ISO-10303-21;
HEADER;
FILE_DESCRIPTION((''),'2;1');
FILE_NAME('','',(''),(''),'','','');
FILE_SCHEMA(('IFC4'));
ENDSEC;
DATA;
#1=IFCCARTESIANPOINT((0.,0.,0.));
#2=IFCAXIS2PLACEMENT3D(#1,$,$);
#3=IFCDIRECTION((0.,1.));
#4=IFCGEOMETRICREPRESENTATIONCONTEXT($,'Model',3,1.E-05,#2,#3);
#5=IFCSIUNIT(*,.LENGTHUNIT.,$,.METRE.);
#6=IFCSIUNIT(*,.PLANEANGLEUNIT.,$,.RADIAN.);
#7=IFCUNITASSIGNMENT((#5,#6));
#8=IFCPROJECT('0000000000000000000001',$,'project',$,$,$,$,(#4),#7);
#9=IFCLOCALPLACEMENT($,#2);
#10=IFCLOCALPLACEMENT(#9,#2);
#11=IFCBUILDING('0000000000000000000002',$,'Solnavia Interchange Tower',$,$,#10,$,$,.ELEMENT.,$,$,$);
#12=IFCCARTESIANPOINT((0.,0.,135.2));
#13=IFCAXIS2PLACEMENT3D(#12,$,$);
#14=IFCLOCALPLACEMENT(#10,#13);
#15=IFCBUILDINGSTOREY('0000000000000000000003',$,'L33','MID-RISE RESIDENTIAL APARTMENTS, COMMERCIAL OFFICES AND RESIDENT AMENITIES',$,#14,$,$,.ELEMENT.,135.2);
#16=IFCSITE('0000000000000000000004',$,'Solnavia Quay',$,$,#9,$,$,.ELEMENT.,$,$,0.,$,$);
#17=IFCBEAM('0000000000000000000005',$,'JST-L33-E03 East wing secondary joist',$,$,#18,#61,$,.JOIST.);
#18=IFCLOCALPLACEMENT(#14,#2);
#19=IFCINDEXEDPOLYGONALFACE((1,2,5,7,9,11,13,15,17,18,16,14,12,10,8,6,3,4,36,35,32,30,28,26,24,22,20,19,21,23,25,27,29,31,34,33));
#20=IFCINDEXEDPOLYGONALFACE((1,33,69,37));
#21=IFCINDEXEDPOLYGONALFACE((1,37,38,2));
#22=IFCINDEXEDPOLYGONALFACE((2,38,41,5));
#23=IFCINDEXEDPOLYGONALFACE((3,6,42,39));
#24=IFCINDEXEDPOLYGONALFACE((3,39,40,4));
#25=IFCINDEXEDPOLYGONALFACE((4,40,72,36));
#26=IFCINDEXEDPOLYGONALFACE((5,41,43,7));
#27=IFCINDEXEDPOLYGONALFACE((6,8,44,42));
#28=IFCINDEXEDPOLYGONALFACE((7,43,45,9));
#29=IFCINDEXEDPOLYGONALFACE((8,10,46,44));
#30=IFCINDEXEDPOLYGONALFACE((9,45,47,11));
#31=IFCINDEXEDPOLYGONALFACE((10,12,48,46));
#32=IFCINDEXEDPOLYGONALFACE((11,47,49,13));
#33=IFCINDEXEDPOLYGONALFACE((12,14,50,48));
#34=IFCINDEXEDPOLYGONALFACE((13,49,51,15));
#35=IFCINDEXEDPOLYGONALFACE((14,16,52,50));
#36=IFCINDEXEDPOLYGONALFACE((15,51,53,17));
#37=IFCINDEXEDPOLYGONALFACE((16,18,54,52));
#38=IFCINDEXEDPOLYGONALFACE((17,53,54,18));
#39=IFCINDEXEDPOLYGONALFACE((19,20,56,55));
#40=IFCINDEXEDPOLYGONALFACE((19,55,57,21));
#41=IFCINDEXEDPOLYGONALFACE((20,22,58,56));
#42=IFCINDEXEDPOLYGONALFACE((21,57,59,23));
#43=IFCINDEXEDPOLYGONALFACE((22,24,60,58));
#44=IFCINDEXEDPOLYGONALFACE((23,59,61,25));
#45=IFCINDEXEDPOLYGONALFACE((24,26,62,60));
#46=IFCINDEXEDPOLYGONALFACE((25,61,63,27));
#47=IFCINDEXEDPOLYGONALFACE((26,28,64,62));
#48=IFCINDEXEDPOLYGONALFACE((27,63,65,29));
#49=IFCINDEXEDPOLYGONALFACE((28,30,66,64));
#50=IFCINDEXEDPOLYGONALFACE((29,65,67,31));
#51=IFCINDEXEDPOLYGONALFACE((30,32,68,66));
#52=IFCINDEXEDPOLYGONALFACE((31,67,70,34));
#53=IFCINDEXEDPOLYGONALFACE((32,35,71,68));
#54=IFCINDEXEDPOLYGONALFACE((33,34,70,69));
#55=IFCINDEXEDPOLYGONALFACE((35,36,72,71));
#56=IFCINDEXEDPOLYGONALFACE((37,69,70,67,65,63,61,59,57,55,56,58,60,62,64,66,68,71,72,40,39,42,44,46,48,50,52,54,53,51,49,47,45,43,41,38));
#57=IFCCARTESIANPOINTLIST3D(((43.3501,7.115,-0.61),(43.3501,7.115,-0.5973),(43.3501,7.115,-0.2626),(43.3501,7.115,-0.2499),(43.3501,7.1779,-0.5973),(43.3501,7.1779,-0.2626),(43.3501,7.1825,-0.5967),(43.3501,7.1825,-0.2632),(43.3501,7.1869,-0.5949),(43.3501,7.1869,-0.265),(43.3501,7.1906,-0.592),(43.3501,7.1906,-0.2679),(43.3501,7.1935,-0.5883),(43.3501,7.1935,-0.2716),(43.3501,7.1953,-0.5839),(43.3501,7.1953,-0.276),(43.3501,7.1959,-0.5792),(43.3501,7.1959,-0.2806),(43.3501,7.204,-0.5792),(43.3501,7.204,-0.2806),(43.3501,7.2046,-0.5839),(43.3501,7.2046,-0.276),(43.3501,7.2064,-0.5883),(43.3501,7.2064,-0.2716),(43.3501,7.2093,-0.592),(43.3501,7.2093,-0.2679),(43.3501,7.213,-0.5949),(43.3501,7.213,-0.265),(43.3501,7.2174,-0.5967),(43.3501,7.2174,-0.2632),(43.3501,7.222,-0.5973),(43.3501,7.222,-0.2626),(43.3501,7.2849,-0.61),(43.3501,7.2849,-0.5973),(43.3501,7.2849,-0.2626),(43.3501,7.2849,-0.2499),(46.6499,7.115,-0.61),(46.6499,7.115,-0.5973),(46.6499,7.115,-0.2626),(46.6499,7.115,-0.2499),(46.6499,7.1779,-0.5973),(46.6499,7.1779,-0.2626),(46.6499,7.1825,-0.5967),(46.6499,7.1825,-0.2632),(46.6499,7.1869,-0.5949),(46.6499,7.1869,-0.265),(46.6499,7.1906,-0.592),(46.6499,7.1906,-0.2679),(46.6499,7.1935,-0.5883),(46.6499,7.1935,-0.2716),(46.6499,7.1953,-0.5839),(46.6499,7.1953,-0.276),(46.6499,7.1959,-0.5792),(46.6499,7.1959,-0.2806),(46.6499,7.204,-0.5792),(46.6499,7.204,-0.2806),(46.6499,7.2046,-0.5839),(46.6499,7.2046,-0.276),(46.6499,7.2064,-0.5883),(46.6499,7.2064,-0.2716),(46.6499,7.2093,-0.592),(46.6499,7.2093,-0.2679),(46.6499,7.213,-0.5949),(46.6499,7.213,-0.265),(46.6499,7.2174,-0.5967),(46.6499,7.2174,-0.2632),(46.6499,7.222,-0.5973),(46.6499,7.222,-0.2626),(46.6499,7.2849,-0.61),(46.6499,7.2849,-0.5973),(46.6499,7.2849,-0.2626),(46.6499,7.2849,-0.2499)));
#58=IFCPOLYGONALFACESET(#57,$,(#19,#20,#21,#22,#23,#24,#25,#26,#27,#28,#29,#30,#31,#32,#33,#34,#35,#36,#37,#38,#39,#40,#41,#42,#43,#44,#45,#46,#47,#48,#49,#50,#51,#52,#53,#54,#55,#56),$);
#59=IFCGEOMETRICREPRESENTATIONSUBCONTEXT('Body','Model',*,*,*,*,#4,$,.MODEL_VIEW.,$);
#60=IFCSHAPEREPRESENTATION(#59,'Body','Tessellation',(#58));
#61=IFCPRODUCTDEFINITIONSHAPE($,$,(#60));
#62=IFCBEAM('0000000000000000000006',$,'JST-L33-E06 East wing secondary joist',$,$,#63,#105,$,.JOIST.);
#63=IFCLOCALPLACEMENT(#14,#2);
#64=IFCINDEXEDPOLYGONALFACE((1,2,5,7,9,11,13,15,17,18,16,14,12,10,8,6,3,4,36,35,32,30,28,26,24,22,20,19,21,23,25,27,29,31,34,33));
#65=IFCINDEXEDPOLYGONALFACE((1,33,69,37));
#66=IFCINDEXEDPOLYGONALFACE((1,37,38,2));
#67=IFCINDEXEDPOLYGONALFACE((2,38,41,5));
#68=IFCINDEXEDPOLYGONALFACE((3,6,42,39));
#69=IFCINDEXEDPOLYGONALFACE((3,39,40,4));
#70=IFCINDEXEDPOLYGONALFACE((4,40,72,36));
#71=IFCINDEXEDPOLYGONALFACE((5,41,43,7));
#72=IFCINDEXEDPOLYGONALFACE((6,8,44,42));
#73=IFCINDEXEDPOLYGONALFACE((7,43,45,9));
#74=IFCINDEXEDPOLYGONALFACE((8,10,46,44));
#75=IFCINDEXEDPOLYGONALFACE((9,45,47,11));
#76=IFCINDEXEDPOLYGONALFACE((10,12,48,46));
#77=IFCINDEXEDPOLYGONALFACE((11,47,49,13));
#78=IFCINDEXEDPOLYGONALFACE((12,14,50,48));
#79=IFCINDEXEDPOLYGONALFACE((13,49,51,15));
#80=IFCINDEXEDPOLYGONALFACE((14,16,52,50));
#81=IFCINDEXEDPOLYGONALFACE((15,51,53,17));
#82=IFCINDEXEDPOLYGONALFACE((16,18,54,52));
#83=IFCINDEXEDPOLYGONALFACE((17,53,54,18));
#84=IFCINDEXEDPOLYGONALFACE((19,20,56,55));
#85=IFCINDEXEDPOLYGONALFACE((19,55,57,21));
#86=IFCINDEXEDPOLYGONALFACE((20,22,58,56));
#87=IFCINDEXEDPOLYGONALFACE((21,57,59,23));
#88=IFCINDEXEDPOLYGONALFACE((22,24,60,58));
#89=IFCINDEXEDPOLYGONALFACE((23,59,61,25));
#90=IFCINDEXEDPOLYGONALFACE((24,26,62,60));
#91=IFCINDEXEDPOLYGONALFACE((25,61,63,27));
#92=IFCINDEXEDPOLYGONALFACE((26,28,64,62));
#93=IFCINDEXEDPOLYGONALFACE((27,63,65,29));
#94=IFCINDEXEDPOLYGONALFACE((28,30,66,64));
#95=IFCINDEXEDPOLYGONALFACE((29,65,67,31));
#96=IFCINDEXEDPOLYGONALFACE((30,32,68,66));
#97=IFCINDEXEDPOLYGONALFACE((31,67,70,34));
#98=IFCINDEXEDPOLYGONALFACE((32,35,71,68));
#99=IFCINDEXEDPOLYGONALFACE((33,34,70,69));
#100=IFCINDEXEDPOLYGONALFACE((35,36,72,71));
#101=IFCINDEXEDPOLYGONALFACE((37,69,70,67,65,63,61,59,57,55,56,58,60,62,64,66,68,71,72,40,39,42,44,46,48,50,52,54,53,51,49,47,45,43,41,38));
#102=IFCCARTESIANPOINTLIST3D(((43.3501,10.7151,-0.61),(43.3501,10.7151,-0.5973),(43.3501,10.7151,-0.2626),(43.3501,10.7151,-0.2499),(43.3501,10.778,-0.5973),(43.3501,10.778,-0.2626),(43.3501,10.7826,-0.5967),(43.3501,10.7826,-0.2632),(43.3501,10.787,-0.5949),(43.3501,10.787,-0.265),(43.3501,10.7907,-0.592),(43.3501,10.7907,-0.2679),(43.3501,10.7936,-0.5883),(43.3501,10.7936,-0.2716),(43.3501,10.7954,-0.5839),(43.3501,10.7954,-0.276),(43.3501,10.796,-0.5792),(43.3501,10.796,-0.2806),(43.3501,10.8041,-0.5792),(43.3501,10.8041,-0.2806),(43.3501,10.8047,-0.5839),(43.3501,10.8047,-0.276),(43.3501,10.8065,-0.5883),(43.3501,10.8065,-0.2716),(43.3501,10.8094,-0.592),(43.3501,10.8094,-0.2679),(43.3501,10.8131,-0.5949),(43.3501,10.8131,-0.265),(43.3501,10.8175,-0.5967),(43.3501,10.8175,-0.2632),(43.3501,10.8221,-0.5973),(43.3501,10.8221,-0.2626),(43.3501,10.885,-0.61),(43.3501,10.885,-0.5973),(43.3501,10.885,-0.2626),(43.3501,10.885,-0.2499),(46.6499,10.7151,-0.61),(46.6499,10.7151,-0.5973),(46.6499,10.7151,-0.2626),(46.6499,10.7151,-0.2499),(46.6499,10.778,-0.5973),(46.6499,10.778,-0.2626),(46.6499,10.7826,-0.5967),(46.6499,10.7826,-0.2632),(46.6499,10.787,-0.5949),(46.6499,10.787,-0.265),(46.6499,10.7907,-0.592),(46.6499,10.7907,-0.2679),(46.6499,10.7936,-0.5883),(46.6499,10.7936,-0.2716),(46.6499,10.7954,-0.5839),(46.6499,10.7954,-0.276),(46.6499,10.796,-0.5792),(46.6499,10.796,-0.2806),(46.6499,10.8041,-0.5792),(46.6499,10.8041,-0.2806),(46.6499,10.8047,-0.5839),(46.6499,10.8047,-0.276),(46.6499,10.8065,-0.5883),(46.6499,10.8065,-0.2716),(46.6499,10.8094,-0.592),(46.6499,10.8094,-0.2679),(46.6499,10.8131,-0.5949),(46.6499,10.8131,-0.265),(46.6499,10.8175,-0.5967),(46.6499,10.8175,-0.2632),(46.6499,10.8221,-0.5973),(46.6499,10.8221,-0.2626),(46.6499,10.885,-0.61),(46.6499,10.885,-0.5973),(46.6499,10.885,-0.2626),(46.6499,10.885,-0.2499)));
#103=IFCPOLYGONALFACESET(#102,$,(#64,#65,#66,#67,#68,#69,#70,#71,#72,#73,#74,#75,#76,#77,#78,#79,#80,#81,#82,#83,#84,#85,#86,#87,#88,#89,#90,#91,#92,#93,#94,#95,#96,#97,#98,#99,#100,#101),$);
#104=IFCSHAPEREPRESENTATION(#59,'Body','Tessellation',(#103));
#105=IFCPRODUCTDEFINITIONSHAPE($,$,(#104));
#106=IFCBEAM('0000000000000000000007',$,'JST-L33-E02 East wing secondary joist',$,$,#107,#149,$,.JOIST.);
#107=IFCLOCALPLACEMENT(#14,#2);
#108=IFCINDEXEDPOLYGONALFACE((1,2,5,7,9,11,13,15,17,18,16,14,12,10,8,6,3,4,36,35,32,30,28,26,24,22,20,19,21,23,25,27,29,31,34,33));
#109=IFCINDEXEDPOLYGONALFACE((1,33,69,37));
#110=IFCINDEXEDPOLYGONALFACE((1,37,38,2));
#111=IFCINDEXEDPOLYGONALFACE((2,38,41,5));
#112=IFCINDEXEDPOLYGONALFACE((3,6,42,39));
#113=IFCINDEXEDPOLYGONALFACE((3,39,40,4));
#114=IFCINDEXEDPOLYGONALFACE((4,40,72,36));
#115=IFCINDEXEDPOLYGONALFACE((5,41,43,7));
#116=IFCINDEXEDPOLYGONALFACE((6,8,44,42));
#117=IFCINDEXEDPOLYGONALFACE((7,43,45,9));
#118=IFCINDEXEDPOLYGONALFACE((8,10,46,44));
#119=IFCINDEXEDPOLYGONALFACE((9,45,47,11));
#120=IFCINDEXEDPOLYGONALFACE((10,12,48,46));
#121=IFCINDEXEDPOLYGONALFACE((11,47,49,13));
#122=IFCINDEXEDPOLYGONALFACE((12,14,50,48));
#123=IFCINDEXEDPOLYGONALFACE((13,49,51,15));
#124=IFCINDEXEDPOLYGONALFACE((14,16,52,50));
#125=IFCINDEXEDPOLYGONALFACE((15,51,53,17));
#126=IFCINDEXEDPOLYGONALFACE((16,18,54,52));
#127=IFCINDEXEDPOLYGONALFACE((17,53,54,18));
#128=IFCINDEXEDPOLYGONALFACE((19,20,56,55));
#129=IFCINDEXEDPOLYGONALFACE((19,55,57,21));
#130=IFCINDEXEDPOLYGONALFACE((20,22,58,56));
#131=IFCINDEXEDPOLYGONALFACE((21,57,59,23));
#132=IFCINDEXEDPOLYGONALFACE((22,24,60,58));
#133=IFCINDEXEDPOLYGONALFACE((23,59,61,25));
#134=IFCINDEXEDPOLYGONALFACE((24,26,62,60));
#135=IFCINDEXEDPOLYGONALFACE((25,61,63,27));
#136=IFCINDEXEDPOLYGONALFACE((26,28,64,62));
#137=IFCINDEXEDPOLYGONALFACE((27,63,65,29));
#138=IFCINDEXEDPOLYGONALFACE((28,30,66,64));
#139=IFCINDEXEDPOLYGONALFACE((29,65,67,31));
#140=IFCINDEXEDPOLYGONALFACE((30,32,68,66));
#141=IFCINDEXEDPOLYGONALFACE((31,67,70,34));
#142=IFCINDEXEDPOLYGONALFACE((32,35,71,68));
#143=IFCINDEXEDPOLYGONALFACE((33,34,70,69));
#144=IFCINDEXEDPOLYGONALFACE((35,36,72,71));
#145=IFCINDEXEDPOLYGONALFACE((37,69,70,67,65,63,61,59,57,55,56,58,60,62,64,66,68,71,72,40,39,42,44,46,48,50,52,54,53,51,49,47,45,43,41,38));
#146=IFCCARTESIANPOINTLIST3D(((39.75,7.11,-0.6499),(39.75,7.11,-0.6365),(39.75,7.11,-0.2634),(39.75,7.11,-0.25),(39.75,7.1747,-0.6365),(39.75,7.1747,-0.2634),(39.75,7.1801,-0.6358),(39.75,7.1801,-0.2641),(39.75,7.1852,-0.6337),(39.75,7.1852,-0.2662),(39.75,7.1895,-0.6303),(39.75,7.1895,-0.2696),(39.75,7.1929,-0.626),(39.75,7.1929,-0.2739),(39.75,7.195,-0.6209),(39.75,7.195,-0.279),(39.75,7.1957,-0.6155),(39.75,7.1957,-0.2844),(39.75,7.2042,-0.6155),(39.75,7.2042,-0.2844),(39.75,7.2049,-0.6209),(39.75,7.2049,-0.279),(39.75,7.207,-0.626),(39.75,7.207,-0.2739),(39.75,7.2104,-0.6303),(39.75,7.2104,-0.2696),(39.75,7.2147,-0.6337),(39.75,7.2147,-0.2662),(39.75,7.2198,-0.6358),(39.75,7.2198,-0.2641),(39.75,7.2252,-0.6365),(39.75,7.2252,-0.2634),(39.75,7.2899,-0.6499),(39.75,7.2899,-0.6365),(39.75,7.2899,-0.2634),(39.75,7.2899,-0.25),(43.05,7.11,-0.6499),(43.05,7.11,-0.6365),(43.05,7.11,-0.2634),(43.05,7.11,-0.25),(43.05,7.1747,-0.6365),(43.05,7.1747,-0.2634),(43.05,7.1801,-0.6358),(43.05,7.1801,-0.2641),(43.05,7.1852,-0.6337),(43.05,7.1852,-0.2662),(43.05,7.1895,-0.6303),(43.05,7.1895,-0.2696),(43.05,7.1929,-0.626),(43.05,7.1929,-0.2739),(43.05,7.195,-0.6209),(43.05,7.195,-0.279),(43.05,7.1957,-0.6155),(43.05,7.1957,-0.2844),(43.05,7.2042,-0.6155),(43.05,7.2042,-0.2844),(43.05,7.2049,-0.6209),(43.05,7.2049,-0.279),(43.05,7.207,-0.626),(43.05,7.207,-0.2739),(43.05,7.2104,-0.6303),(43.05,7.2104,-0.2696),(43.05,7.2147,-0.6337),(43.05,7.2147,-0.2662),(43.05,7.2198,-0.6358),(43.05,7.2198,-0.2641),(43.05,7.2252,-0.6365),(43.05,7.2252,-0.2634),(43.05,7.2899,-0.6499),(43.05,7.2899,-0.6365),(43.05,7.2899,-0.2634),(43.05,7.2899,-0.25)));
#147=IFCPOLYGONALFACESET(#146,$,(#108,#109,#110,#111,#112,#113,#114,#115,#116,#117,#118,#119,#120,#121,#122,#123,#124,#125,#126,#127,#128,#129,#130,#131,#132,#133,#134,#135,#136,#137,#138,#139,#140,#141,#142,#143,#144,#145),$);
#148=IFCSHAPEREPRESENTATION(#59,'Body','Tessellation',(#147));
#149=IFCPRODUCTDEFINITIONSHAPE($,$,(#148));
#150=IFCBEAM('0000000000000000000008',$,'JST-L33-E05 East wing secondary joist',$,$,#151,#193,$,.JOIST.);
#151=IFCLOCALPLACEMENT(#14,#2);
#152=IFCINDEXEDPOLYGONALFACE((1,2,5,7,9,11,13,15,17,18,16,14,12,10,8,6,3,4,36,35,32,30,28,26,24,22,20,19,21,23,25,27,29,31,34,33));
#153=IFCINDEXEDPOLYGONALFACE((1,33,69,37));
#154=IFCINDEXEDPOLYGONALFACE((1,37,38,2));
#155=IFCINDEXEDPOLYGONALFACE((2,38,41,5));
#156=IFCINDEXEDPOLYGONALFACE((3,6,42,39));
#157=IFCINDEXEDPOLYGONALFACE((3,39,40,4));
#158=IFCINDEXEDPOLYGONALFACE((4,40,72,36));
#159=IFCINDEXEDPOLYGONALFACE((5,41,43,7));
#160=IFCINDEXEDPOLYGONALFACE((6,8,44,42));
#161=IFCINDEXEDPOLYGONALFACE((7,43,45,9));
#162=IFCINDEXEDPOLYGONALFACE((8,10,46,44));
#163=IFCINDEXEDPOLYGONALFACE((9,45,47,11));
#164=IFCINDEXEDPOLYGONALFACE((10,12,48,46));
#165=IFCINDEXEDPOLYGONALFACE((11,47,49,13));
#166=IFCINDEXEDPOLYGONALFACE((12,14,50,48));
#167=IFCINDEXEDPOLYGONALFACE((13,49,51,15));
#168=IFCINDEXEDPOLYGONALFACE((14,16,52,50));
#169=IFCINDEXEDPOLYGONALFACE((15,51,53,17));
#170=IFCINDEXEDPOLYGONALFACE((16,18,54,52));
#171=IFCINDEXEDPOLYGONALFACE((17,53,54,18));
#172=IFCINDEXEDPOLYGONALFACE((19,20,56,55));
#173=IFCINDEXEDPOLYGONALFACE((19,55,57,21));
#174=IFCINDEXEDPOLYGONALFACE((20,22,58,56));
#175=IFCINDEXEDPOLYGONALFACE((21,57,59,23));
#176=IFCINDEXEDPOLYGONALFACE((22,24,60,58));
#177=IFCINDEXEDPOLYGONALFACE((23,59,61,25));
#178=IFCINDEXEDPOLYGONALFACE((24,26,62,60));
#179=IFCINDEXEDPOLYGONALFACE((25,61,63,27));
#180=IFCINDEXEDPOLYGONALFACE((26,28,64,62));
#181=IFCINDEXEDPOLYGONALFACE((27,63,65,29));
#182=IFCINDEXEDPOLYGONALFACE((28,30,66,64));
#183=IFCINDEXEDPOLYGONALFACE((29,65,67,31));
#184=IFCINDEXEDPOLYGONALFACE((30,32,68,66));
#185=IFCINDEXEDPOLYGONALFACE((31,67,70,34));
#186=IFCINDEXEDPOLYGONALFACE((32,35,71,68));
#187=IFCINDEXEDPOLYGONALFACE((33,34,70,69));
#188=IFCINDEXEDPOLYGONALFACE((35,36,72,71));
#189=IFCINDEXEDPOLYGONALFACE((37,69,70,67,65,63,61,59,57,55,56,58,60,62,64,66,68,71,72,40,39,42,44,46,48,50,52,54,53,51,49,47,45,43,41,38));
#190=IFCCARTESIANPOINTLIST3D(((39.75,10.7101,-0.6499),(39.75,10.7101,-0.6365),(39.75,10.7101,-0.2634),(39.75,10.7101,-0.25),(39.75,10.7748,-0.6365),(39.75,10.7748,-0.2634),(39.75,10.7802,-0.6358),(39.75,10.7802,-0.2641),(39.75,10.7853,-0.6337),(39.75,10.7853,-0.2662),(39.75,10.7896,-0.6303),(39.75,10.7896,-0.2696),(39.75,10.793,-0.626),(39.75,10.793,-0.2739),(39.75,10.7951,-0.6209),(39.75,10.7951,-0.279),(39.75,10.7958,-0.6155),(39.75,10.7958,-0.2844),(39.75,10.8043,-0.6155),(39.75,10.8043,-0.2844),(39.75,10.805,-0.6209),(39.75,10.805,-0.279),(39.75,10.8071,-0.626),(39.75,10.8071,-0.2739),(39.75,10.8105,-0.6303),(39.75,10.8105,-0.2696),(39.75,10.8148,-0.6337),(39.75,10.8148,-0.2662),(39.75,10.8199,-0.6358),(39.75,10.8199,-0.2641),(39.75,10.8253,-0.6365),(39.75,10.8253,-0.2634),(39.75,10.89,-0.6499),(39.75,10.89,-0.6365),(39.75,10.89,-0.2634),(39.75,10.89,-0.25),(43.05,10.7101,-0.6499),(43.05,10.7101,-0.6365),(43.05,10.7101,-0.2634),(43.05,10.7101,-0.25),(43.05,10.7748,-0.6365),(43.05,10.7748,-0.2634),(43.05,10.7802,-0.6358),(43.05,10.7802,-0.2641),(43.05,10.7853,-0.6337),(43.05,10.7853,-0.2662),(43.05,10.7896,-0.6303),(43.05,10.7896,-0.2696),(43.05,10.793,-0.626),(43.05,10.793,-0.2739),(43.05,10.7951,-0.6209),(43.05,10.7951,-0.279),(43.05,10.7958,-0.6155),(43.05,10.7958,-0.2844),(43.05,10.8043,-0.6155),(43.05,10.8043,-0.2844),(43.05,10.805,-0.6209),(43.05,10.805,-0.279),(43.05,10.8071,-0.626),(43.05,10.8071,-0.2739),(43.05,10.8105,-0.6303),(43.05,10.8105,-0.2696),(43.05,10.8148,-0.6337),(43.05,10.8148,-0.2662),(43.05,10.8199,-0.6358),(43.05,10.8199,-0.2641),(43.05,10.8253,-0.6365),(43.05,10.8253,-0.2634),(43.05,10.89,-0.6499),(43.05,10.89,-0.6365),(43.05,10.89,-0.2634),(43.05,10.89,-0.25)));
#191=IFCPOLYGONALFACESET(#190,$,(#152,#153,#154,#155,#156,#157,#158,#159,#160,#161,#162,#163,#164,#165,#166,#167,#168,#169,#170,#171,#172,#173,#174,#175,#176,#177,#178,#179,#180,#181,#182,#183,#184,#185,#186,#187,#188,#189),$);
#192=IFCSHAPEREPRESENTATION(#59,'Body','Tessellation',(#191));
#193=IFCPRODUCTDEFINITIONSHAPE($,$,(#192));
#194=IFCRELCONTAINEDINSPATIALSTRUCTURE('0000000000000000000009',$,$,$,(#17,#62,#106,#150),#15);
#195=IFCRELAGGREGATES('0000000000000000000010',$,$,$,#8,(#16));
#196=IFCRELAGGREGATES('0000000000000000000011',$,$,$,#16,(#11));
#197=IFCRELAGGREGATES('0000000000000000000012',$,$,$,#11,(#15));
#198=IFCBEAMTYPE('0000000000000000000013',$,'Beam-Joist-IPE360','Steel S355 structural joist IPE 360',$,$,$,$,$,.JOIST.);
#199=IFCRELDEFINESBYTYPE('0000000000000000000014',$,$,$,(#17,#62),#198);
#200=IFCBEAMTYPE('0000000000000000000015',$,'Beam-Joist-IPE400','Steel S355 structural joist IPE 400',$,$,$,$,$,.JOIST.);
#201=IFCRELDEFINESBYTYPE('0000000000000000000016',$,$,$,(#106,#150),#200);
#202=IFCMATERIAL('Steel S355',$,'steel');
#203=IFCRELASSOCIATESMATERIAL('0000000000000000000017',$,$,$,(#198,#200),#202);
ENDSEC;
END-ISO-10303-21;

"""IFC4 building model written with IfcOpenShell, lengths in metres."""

from ifc_helpers import new_model, si_unit, direction, frame, origin, origin_2d, place, context, subcontext, project, spatial, i_section, extrude, material, material_profile, profile_set, type_object, element, save


model = new_model("IFC4")

# Units and contexts
model_context = context("Model", 3, precision=1e-05, world=origin(), true_north=direction((0.0, 1.0)))
body_context = subcontext(model_context, "Body", "Model", "MODEL_VIEW")
ifc_project = project(units=[si_unit("LENGTHUNIT", "METRE"), si_unit("PLANEANGLEUNIT", "RADIAN")], contexts=[model_context])

# Site, building, storey
site_placement = place(None, origin())
site = spatial("IfcSite", under=ifc_project, at=site_placement, Name="Solnavia Quay", CompositionType="ELEMENT", RefElevation=0.0)
building_placement = place(site_placement, origin())
building = spatial("IfcBuilding", under=site, at=building_placement, Name="Solnavia Interchange Tower", CompositionType="ELEMENT")
storey_placement = place(building_placement, frame((0.0, 0.0, 135.2)))
storey = spatial("IfcBuildingStorey", under=building, at=storey_placement, Name="L33", Description="MID-RISE RESIDENTIAL APARTMENTS, COMMERCIAL OFFICES AND RESIDENT AMENITIES", CompositionType="ELEMENT", Elevation=135.2)

# Shared definitions
ifc_material_1 = material(Name="Steel S355", Category="steel")

# Beams
ifc_material_profile_1 = material_profile(ifc_material_1, i_section(OverallWidth=0.1699, OverallDepth=0.3601, WebThickness=0.0081, FlangeThickness=0.0127, FilletRadius=0.0181, at=origin_2d()), Name="IPE 360")
ifc_profile_set_1 = profile_set([ifc_material_profile_1], Name="Steel S355")
beam_type_1 = type_object("IfcBeamType", Name="Beam-Joist-IPE360", Description="Steel S355 structural joist IPE 360", PredefinedType="JOIST", material=ifc_profile_set_1)
for number, where, z_axis, x_axis, name in (
    (1, (43.3501, 7.2, -0.4299), (1.0, 0.0, 0.0), (0.0, 1.0, 0.0), "JST-L33-E03 East wing secondary joist"),
    (2, (43.3501, 10.8, -0.4299), (1.0, 0.0, 0.0), (0.0, 1.0, 0.0), "JST-L33-E06 East wing secondary joist"),
):
    element("IfcBeam", number, at=place(storey_placement, frame(where, z_axis=z_axis, x_axis=x_axis)), inside=storey, type_object=beam_type_1, Name=name, PredefinedType="JOIST", context=body_context, shape_type="SweptSolid", body=[
        extrude(i_section(OverallWidth=0.1699, OverallDepth=0.3601, WebThickness=0.0081, FlangeThickness=0.0127, FilletRadius=0.0181, at=origin_2d()), origin(), (0.0, 0.0, 1.0), 3.2998),
    ])
ifc_material_profile_2 = material_profile(ifc_material_1, i_section(OverallWidth=0.1799, OverallDepth=0.3999, WebThickness=0.0085, FlangeThickness=0.0134, FilletRadius=0.021, at=origin_2d()), Name="IPE 400")
ifc_profile_set_2 = profile_set([ifc_material_profile_2], Name="Steel S355")
beam_type_2 = type_object("IfcBeamType", Name="Beam-Joist-IPE400", Description="Steel S355 structural joist IPE 400", PredefinedType="JOIST", material=ifc_profile_set_2)
for number, where, z_axis, x_axis, name in (
    (3, (39.75, 7.2, -0.45), (1.0, 0.0, 0.0), (0.0, 1.0, 0.0), "JST-L33-E02 East wing secondary joist"),
    (4, (39.75, 10.8, -0.45), (1.0, 0.0, 0.0), (0.0, 1.0, 0.0), "JST-L33-E05 East wing secondary joist"),
):
    element("IfcBeam", number, at=place(storey_placement, frame(where, z_axis=z_axis, x_axis=x_axis)), inside=storey, type_object=beam_type_2, Name=name, PredefinedType="JOIST", context=body_context, shape_type="SweptSolid", body=[
        extrude(i_section(OverallWidth=0.1799, OverallDepth=0.3999, WebThickness=0.0085, FlangeThickness=0.0134, FilletRadius=0.021, at=origin_2d()), origin(), (0.0, 0.0, 1.0), 3.3),
    ])

save(model, "model.ifc")
